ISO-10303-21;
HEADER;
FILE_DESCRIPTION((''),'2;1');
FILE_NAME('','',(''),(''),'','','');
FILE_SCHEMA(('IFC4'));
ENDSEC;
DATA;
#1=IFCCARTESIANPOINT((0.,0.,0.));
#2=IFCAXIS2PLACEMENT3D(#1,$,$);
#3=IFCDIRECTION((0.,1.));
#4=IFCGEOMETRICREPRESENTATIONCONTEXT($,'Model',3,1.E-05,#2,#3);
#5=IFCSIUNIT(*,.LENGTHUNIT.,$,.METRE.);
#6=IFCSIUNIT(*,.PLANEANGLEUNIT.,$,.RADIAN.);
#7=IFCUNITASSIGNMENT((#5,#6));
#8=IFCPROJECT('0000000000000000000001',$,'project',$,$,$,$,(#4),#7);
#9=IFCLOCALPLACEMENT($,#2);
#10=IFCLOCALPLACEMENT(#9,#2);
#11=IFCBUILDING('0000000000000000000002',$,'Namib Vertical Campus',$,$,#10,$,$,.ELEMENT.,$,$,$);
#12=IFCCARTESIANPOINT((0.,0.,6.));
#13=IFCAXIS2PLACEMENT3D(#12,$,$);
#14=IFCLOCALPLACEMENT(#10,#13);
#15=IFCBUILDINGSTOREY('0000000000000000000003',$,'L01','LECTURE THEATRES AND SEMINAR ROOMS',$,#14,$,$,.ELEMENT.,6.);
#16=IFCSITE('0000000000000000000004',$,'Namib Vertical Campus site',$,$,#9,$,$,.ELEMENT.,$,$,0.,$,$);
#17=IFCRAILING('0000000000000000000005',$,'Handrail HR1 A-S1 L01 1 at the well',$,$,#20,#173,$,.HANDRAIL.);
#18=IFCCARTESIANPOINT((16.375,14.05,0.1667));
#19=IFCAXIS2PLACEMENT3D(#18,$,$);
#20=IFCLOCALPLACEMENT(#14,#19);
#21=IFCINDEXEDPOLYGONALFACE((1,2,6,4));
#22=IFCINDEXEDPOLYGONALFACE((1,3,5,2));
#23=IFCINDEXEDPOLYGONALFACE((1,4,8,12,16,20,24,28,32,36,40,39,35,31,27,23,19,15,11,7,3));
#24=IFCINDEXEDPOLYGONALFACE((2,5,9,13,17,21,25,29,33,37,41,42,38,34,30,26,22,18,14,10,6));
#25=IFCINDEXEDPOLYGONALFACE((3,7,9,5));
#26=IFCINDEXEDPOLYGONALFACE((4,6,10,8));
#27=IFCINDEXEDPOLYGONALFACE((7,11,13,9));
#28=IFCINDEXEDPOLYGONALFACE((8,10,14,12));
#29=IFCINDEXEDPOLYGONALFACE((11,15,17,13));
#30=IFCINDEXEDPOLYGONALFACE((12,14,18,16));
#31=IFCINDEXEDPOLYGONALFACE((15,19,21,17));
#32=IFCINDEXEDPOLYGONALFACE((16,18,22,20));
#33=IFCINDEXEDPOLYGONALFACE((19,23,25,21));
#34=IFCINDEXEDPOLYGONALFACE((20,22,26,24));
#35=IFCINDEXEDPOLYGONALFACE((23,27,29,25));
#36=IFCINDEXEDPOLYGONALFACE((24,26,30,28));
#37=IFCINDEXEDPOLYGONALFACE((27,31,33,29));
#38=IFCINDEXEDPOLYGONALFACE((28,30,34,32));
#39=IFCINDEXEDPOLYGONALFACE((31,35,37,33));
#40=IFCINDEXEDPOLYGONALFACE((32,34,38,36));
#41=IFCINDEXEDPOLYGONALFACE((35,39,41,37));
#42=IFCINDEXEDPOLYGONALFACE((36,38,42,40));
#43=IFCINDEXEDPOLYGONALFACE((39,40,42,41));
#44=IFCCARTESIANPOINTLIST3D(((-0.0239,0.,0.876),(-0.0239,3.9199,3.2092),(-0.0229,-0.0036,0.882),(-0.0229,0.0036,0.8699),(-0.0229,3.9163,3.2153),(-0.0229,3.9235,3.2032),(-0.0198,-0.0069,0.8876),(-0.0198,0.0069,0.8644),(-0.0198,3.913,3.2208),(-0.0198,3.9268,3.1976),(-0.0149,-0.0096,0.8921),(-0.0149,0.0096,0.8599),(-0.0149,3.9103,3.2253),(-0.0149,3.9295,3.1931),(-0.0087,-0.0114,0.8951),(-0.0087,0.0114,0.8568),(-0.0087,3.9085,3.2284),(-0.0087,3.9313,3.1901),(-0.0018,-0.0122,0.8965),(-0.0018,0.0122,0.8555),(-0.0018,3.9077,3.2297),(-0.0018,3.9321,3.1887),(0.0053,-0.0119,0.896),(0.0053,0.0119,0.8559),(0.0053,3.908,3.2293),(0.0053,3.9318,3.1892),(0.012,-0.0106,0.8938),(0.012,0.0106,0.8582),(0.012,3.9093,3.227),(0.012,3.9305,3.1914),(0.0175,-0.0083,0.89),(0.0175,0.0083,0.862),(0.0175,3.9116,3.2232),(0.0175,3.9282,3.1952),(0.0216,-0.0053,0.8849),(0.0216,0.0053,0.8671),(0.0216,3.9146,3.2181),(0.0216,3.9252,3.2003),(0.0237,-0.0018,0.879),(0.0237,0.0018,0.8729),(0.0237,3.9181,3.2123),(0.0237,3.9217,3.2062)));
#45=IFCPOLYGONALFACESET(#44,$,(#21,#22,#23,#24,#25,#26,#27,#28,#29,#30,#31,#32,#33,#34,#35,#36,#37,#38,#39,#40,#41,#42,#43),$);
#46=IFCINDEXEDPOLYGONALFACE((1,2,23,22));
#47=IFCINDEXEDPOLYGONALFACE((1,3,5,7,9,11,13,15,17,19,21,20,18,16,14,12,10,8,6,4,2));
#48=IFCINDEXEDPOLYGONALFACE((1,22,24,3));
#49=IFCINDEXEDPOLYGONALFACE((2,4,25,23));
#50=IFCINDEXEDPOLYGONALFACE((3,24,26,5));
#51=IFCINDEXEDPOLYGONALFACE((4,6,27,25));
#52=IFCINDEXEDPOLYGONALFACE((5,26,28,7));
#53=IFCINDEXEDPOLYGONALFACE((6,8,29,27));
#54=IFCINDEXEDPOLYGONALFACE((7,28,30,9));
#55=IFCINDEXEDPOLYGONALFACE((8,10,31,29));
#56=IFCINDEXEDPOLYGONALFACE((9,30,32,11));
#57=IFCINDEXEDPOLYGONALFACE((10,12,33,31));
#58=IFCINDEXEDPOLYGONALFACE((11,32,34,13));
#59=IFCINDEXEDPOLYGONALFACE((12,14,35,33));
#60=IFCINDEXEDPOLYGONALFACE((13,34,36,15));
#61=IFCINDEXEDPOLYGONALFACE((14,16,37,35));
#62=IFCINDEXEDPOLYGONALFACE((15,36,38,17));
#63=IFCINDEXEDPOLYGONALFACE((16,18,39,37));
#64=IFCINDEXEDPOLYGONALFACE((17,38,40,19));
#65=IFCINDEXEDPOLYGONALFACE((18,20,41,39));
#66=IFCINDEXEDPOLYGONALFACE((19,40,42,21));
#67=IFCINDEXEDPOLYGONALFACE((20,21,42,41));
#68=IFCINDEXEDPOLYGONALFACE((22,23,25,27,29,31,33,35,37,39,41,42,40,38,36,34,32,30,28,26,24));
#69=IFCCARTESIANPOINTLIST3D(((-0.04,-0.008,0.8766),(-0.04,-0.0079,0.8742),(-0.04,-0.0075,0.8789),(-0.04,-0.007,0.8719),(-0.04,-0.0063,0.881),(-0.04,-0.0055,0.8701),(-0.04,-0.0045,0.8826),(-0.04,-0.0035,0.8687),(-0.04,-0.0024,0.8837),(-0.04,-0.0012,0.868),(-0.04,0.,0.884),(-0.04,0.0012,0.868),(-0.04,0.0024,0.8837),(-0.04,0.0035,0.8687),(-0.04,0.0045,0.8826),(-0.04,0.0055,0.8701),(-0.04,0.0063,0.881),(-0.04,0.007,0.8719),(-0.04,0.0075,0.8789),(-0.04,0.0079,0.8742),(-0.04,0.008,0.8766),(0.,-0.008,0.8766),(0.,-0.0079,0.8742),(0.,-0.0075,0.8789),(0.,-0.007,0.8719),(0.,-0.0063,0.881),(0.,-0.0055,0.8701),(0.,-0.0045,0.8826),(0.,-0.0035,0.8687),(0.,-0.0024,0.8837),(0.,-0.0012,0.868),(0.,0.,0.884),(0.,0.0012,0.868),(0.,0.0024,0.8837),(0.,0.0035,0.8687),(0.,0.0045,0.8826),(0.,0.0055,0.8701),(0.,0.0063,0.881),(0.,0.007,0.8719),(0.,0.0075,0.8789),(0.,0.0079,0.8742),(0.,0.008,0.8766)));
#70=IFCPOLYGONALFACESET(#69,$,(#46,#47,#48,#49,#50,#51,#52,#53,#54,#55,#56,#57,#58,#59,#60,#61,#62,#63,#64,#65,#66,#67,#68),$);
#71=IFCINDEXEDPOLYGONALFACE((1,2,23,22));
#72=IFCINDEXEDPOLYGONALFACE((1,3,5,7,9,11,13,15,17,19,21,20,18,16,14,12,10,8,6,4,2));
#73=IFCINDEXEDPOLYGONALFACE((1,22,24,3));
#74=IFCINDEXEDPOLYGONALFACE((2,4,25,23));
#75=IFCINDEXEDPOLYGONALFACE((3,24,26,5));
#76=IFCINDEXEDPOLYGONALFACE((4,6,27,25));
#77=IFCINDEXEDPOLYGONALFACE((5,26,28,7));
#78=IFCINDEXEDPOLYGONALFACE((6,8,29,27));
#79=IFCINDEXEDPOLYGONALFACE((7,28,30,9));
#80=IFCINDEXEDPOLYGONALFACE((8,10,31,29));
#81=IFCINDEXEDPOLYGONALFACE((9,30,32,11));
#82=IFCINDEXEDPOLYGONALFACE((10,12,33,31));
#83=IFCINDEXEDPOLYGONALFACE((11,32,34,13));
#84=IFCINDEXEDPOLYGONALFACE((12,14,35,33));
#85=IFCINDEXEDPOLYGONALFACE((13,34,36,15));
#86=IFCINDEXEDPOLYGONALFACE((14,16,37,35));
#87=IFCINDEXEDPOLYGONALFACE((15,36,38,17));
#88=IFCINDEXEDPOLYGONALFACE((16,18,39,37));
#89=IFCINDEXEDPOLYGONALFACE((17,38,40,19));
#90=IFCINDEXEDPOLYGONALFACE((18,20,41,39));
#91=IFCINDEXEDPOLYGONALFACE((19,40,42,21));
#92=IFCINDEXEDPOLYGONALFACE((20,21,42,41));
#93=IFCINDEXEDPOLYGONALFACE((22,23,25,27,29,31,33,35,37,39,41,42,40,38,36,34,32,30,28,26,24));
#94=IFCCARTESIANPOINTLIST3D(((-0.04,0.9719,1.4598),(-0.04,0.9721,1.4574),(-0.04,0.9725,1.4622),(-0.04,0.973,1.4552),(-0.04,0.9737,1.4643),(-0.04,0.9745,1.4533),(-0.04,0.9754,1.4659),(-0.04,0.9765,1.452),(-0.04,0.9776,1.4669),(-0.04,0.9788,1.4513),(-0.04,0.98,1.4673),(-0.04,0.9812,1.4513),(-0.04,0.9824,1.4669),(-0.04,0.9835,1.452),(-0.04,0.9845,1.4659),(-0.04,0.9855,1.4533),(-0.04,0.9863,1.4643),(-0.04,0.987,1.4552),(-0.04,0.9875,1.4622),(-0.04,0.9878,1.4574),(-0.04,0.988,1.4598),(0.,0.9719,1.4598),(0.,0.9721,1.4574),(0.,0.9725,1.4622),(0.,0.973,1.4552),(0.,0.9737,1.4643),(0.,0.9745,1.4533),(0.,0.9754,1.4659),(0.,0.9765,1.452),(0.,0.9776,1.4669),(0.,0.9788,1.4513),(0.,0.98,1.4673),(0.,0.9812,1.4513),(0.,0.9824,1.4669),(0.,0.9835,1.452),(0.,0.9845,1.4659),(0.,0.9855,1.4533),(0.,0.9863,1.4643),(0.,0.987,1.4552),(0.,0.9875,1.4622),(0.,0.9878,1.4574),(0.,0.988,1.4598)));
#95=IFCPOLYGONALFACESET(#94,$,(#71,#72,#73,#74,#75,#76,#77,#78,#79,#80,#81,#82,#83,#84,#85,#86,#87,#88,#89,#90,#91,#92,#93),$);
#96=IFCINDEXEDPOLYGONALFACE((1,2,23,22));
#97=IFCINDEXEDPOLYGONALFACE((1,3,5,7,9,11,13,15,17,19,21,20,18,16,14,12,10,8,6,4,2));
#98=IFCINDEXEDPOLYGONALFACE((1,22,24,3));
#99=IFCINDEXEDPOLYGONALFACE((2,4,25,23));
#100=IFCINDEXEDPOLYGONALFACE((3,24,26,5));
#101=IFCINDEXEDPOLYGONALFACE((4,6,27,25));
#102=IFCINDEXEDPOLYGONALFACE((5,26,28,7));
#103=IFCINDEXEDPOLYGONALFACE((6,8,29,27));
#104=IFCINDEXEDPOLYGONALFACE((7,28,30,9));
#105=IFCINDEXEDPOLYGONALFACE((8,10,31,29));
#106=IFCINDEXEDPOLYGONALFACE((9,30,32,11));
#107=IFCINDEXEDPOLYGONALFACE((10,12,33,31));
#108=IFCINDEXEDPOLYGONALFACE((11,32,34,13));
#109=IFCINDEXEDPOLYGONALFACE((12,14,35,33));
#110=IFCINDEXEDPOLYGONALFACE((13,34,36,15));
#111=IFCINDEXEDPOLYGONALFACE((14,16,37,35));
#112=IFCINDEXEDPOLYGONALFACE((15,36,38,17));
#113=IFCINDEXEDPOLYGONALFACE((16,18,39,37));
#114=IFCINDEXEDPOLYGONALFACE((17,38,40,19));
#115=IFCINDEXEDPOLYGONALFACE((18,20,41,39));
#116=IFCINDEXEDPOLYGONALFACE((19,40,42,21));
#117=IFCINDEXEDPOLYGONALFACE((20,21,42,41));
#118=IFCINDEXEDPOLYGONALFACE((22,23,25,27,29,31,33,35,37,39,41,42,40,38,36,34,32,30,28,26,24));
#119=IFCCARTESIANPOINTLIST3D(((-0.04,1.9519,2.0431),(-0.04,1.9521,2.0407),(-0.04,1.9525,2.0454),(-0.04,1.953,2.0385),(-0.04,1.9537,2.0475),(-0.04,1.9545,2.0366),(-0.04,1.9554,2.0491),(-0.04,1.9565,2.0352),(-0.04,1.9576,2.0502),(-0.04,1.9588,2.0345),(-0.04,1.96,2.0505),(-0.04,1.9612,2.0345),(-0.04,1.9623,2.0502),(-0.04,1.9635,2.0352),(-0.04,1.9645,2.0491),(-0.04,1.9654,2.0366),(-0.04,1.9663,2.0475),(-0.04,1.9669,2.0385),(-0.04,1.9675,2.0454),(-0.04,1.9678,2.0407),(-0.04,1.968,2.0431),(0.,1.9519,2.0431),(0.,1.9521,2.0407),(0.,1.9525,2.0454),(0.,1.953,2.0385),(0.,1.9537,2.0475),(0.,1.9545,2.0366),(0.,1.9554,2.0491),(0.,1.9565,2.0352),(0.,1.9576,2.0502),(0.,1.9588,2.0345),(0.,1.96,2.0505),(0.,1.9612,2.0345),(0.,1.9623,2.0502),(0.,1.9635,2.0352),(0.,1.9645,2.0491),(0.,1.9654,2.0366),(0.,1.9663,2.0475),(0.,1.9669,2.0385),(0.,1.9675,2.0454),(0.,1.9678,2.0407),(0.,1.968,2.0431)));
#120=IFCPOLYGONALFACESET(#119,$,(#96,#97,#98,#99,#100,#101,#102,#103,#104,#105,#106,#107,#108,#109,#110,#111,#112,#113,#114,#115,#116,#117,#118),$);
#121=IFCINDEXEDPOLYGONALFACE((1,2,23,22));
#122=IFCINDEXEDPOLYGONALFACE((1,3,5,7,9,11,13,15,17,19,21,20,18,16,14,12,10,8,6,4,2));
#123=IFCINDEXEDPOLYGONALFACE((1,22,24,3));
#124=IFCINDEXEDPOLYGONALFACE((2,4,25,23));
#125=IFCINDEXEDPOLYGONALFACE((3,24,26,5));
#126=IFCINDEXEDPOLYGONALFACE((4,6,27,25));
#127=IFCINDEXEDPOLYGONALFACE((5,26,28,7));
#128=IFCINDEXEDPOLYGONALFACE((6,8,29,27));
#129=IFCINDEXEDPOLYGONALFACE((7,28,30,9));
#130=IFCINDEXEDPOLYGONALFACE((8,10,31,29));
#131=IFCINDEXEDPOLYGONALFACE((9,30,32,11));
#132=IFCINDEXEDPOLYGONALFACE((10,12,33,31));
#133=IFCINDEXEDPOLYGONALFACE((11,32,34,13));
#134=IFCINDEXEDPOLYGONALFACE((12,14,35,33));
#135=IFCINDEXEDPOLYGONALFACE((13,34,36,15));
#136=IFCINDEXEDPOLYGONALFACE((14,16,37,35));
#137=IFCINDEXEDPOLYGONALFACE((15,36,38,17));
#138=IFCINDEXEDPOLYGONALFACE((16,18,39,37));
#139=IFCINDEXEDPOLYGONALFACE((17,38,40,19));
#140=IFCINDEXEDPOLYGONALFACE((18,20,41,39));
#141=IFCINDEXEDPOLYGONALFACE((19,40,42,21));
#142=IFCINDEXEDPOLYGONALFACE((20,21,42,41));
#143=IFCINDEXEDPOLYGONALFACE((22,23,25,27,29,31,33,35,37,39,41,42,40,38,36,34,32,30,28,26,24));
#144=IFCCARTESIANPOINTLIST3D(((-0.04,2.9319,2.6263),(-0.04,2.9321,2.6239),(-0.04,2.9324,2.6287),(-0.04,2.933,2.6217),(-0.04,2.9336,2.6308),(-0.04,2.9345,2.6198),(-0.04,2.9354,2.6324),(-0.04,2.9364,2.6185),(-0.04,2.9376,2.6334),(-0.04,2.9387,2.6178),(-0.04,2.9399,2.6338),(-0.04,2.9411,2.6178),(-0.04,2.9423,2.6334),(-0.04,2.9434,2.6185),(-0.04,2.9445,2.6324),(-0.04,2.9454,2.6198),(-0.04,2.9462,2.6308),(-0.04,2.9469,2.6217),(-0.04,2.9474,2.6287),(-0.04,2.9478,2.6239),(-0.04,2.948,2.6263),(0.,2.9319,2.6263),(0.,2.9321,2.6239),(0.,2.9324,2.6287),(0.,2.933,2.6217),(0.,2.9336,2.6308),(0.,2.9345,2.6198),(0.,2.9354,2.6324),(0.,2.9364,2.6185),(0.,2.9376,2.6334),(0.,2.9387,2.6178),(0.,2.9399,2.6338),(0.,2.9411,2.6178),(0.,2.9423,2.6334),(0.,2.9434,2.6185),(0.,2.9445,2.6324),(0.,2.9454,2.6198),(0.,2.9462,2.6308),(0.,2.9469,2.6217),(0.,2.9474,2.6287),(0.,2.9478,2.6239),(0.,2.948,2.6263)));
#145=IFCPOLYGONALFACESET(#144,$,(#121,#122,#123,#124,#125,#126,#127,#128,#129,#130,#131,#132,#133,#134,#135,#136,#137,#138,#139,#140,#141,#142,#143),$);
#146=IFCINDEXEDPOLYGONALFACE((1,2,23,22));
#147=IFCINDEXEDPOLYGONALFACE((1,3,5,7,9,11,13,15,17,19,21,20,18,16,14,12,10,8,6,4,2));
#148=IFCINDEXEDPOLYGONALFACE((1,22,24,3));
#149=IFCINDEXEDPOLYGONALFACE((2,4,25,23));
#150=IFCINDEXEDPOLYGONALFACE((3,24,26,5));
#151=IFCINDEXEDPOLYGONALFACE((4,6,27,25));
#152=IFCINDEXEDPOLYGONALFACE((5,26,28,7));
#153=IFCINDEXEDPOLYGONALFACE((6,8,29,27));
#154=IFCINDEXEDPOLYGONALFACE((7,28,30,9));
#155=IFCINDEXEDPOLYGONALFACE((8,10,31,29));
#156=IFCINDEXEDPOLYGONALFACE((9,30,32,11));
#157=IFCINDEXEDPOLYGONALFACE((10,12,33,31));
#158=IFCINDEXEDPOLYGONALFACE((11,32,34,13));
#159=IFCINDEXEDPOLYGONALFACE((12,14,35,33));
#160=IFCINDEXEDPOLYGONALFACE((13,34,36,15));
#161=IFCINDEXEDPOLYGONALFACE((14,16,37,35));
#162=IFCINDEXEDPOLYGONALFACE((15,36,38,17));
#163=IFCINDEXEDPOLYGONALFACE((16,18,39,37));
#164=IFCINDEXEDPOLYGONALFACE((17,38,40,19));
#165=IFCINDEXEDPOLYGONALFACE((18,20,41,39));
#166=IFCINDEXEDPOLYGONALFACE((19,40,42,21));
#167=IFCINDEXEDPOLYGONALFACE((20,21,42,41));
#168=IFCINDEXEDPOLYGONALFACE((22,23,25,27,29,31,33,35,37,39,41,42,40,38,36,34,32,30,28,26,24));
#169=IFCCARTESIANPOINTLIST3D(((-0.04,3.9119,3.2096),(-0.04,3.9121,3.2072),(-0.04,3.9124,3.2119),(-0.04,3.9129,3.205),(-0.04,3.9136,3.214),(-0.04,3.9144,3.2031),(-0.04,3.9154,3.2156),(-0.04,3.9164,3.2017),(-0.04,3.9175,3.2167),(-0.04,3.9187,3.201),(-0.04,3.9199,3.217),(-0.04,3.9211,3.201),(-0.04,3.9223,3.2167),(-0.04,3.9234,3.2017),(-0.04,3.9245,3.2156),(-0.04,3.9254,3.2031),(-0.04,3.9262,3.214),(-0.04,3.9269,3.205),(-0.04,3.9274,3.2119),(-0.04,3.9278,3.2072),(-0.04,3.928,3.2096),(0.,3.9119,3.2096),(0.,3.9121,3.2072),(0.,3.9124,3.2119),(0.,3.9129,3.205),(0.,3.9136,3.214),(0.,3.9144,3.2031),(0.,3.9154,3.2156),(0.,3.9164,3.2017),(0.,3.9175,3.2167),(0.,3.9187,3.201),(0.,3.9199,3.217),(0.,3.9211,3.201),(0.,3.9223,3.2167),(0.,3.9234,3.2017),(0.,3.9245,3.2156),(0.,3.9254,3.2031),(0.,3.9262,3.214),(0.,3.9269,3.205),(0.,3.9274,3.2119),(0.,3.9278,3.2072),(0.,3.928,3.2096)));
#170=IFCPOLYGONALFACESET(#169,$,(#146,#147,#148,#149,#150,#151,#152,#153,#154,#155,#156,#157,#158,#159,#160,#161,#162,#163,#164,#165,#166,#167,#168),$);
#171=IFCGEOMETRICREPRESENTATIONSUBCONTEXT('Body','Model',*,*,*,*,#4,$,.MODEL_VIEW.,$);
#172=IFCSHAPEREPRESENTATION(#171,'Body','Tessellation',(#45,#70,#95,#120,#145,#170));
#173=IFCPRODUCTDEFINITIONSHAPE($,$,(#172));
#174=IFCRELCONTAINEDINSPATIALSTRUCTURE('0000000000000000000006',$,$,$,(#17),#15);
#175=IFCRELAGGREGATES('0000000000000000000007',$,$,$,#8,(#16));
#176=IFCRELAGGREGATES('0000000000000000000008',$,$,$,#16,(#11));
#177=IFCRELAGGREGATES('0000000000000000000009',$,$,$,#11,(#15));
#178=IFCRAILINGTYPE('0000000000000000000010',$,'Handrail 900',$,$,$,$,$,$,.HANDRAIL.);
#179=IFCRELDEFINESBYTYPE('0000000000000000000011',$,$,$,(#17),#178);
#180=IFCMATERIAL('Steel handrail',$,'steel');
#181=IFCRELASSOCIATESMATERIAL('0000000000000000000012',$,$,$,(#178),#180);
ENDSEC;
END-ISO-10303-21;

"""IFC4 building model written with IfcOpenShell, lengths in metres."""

from ifc_helpers import new_model, si_unit, direction, frame, origin, origin_2d, place, context, subcontext, project, spatial, circle, extrude, material, type_object, element, save


model = new_model("IFC4")

# Units and contexts
model_context = context("Model", 3, precision=1e-05, world=origin(), true_north=direction((0.0, 1.0)))
body_context = subcontext(model_context, "Body", "Model", "MODEL_VIEW")
ifc_project = project(units=[si_unit("LENGTHUNIT", "METRE"), si_unit("PLANEANGLEUNIT", "RADIAN")], contexts=[model_context])

# Site, building, storey
site_placement = place(None, origin())
site = spatial("IfcSite", under=ifc_project, at=site_placement, Name="Namib Vertical Campus site", CompositionType="ELEMENT", RefElevation=0.0)
building_placement = place(site_placement, origin())
building = spatial("IfcBuilding", under=site, at=building_placement, Name="Namib Vertical Campus", CompositionType="ELEMENT")
storey_placement = place(building_placement, frame((0.0, 0.0, 6.0)))
storey = spatial("IfcBuildingStorey", under=building, at=storey_placement, Name="L01", Description="LECTURE THEATRES AND SEMINAR ROOMS", CompositionType="ELEMENT", Elevation=6.0)

# Railing
ifc_material_1 = material(Name="Steel handrail", Category="steel")
railing_type_1 = type_object("IfcRailingType", Name="Handrail 900", PredefinedType="HANDRAIL", material=ifc_material_1)
railing_1_placement = place(storey_placement, frame((16.375, 14.05, 0.1667)))
element("IfcRailing", 1, at=railing_1_placement, inside=storey, type_object=railing_type_1, Name="Handrail HR1 A-S1 L01 1 at the well", PredefinedType="HANDRAIL", context=body_context, shape_type="SweptSolid", body=[
    extrude(circle(Radius=0.0239, at=origin_2d()), frame((0.0, 0.0, 0.876), z_axis=(0.0, 0.859296, 0.511478), x_axis=(-1.0, 0.0, 0.0)), (0.0, 0.0, 1.0), 4.5618),
    extrude(circle(Radius=0.0081, at=origin_2d()), frame((0.0, 0.0, 0.876), z_axis=(-1.0, 0.0, 0.0), x_axis=(0.0, 0.0, 1.0)), (0.0, 0.0, 1.0), 0.04),
    extrude(circle(Radius=0.0081, at=origin_2d()), frame((0.0, 0.98, 1.4592), z_axis=(-1.0, 0.0, 0.0), x_axis=(0.0, 0.0, 1.0)), (0.0, 0.0, 1.0), 0.04),
    extrude(circle(Radius=0.0081, at=origin_2d()), frame((0.0, 1.96, 2.0425), z_axis=(-1.0, 0.0, 0.0), x_axis=(0.0, 0.0, 1.0)), (0.0, 0.0, 1.0), 0.04),
    extrude(circle(Radius=0.0081, at=origin_2d()), frame((0.0, 2.9399, 2.6257), z_axis=(-1.0, 0.0, 0.0), x_axis=(0.0, 0.0, 1.0)), (0.0, 0.0, 1.0), 0.04),
    extrude(circle(Radius=0.0081, at=origin_2d()), frame((0.0, 3.9199, 3.209), z_axis=(-1.0, 0.0, 0.0), x_axis=(0.0, 0.0, 1.0)), (0.0, 0.0, 1.0), 0.04),
])

save(model, "model.ifc")
